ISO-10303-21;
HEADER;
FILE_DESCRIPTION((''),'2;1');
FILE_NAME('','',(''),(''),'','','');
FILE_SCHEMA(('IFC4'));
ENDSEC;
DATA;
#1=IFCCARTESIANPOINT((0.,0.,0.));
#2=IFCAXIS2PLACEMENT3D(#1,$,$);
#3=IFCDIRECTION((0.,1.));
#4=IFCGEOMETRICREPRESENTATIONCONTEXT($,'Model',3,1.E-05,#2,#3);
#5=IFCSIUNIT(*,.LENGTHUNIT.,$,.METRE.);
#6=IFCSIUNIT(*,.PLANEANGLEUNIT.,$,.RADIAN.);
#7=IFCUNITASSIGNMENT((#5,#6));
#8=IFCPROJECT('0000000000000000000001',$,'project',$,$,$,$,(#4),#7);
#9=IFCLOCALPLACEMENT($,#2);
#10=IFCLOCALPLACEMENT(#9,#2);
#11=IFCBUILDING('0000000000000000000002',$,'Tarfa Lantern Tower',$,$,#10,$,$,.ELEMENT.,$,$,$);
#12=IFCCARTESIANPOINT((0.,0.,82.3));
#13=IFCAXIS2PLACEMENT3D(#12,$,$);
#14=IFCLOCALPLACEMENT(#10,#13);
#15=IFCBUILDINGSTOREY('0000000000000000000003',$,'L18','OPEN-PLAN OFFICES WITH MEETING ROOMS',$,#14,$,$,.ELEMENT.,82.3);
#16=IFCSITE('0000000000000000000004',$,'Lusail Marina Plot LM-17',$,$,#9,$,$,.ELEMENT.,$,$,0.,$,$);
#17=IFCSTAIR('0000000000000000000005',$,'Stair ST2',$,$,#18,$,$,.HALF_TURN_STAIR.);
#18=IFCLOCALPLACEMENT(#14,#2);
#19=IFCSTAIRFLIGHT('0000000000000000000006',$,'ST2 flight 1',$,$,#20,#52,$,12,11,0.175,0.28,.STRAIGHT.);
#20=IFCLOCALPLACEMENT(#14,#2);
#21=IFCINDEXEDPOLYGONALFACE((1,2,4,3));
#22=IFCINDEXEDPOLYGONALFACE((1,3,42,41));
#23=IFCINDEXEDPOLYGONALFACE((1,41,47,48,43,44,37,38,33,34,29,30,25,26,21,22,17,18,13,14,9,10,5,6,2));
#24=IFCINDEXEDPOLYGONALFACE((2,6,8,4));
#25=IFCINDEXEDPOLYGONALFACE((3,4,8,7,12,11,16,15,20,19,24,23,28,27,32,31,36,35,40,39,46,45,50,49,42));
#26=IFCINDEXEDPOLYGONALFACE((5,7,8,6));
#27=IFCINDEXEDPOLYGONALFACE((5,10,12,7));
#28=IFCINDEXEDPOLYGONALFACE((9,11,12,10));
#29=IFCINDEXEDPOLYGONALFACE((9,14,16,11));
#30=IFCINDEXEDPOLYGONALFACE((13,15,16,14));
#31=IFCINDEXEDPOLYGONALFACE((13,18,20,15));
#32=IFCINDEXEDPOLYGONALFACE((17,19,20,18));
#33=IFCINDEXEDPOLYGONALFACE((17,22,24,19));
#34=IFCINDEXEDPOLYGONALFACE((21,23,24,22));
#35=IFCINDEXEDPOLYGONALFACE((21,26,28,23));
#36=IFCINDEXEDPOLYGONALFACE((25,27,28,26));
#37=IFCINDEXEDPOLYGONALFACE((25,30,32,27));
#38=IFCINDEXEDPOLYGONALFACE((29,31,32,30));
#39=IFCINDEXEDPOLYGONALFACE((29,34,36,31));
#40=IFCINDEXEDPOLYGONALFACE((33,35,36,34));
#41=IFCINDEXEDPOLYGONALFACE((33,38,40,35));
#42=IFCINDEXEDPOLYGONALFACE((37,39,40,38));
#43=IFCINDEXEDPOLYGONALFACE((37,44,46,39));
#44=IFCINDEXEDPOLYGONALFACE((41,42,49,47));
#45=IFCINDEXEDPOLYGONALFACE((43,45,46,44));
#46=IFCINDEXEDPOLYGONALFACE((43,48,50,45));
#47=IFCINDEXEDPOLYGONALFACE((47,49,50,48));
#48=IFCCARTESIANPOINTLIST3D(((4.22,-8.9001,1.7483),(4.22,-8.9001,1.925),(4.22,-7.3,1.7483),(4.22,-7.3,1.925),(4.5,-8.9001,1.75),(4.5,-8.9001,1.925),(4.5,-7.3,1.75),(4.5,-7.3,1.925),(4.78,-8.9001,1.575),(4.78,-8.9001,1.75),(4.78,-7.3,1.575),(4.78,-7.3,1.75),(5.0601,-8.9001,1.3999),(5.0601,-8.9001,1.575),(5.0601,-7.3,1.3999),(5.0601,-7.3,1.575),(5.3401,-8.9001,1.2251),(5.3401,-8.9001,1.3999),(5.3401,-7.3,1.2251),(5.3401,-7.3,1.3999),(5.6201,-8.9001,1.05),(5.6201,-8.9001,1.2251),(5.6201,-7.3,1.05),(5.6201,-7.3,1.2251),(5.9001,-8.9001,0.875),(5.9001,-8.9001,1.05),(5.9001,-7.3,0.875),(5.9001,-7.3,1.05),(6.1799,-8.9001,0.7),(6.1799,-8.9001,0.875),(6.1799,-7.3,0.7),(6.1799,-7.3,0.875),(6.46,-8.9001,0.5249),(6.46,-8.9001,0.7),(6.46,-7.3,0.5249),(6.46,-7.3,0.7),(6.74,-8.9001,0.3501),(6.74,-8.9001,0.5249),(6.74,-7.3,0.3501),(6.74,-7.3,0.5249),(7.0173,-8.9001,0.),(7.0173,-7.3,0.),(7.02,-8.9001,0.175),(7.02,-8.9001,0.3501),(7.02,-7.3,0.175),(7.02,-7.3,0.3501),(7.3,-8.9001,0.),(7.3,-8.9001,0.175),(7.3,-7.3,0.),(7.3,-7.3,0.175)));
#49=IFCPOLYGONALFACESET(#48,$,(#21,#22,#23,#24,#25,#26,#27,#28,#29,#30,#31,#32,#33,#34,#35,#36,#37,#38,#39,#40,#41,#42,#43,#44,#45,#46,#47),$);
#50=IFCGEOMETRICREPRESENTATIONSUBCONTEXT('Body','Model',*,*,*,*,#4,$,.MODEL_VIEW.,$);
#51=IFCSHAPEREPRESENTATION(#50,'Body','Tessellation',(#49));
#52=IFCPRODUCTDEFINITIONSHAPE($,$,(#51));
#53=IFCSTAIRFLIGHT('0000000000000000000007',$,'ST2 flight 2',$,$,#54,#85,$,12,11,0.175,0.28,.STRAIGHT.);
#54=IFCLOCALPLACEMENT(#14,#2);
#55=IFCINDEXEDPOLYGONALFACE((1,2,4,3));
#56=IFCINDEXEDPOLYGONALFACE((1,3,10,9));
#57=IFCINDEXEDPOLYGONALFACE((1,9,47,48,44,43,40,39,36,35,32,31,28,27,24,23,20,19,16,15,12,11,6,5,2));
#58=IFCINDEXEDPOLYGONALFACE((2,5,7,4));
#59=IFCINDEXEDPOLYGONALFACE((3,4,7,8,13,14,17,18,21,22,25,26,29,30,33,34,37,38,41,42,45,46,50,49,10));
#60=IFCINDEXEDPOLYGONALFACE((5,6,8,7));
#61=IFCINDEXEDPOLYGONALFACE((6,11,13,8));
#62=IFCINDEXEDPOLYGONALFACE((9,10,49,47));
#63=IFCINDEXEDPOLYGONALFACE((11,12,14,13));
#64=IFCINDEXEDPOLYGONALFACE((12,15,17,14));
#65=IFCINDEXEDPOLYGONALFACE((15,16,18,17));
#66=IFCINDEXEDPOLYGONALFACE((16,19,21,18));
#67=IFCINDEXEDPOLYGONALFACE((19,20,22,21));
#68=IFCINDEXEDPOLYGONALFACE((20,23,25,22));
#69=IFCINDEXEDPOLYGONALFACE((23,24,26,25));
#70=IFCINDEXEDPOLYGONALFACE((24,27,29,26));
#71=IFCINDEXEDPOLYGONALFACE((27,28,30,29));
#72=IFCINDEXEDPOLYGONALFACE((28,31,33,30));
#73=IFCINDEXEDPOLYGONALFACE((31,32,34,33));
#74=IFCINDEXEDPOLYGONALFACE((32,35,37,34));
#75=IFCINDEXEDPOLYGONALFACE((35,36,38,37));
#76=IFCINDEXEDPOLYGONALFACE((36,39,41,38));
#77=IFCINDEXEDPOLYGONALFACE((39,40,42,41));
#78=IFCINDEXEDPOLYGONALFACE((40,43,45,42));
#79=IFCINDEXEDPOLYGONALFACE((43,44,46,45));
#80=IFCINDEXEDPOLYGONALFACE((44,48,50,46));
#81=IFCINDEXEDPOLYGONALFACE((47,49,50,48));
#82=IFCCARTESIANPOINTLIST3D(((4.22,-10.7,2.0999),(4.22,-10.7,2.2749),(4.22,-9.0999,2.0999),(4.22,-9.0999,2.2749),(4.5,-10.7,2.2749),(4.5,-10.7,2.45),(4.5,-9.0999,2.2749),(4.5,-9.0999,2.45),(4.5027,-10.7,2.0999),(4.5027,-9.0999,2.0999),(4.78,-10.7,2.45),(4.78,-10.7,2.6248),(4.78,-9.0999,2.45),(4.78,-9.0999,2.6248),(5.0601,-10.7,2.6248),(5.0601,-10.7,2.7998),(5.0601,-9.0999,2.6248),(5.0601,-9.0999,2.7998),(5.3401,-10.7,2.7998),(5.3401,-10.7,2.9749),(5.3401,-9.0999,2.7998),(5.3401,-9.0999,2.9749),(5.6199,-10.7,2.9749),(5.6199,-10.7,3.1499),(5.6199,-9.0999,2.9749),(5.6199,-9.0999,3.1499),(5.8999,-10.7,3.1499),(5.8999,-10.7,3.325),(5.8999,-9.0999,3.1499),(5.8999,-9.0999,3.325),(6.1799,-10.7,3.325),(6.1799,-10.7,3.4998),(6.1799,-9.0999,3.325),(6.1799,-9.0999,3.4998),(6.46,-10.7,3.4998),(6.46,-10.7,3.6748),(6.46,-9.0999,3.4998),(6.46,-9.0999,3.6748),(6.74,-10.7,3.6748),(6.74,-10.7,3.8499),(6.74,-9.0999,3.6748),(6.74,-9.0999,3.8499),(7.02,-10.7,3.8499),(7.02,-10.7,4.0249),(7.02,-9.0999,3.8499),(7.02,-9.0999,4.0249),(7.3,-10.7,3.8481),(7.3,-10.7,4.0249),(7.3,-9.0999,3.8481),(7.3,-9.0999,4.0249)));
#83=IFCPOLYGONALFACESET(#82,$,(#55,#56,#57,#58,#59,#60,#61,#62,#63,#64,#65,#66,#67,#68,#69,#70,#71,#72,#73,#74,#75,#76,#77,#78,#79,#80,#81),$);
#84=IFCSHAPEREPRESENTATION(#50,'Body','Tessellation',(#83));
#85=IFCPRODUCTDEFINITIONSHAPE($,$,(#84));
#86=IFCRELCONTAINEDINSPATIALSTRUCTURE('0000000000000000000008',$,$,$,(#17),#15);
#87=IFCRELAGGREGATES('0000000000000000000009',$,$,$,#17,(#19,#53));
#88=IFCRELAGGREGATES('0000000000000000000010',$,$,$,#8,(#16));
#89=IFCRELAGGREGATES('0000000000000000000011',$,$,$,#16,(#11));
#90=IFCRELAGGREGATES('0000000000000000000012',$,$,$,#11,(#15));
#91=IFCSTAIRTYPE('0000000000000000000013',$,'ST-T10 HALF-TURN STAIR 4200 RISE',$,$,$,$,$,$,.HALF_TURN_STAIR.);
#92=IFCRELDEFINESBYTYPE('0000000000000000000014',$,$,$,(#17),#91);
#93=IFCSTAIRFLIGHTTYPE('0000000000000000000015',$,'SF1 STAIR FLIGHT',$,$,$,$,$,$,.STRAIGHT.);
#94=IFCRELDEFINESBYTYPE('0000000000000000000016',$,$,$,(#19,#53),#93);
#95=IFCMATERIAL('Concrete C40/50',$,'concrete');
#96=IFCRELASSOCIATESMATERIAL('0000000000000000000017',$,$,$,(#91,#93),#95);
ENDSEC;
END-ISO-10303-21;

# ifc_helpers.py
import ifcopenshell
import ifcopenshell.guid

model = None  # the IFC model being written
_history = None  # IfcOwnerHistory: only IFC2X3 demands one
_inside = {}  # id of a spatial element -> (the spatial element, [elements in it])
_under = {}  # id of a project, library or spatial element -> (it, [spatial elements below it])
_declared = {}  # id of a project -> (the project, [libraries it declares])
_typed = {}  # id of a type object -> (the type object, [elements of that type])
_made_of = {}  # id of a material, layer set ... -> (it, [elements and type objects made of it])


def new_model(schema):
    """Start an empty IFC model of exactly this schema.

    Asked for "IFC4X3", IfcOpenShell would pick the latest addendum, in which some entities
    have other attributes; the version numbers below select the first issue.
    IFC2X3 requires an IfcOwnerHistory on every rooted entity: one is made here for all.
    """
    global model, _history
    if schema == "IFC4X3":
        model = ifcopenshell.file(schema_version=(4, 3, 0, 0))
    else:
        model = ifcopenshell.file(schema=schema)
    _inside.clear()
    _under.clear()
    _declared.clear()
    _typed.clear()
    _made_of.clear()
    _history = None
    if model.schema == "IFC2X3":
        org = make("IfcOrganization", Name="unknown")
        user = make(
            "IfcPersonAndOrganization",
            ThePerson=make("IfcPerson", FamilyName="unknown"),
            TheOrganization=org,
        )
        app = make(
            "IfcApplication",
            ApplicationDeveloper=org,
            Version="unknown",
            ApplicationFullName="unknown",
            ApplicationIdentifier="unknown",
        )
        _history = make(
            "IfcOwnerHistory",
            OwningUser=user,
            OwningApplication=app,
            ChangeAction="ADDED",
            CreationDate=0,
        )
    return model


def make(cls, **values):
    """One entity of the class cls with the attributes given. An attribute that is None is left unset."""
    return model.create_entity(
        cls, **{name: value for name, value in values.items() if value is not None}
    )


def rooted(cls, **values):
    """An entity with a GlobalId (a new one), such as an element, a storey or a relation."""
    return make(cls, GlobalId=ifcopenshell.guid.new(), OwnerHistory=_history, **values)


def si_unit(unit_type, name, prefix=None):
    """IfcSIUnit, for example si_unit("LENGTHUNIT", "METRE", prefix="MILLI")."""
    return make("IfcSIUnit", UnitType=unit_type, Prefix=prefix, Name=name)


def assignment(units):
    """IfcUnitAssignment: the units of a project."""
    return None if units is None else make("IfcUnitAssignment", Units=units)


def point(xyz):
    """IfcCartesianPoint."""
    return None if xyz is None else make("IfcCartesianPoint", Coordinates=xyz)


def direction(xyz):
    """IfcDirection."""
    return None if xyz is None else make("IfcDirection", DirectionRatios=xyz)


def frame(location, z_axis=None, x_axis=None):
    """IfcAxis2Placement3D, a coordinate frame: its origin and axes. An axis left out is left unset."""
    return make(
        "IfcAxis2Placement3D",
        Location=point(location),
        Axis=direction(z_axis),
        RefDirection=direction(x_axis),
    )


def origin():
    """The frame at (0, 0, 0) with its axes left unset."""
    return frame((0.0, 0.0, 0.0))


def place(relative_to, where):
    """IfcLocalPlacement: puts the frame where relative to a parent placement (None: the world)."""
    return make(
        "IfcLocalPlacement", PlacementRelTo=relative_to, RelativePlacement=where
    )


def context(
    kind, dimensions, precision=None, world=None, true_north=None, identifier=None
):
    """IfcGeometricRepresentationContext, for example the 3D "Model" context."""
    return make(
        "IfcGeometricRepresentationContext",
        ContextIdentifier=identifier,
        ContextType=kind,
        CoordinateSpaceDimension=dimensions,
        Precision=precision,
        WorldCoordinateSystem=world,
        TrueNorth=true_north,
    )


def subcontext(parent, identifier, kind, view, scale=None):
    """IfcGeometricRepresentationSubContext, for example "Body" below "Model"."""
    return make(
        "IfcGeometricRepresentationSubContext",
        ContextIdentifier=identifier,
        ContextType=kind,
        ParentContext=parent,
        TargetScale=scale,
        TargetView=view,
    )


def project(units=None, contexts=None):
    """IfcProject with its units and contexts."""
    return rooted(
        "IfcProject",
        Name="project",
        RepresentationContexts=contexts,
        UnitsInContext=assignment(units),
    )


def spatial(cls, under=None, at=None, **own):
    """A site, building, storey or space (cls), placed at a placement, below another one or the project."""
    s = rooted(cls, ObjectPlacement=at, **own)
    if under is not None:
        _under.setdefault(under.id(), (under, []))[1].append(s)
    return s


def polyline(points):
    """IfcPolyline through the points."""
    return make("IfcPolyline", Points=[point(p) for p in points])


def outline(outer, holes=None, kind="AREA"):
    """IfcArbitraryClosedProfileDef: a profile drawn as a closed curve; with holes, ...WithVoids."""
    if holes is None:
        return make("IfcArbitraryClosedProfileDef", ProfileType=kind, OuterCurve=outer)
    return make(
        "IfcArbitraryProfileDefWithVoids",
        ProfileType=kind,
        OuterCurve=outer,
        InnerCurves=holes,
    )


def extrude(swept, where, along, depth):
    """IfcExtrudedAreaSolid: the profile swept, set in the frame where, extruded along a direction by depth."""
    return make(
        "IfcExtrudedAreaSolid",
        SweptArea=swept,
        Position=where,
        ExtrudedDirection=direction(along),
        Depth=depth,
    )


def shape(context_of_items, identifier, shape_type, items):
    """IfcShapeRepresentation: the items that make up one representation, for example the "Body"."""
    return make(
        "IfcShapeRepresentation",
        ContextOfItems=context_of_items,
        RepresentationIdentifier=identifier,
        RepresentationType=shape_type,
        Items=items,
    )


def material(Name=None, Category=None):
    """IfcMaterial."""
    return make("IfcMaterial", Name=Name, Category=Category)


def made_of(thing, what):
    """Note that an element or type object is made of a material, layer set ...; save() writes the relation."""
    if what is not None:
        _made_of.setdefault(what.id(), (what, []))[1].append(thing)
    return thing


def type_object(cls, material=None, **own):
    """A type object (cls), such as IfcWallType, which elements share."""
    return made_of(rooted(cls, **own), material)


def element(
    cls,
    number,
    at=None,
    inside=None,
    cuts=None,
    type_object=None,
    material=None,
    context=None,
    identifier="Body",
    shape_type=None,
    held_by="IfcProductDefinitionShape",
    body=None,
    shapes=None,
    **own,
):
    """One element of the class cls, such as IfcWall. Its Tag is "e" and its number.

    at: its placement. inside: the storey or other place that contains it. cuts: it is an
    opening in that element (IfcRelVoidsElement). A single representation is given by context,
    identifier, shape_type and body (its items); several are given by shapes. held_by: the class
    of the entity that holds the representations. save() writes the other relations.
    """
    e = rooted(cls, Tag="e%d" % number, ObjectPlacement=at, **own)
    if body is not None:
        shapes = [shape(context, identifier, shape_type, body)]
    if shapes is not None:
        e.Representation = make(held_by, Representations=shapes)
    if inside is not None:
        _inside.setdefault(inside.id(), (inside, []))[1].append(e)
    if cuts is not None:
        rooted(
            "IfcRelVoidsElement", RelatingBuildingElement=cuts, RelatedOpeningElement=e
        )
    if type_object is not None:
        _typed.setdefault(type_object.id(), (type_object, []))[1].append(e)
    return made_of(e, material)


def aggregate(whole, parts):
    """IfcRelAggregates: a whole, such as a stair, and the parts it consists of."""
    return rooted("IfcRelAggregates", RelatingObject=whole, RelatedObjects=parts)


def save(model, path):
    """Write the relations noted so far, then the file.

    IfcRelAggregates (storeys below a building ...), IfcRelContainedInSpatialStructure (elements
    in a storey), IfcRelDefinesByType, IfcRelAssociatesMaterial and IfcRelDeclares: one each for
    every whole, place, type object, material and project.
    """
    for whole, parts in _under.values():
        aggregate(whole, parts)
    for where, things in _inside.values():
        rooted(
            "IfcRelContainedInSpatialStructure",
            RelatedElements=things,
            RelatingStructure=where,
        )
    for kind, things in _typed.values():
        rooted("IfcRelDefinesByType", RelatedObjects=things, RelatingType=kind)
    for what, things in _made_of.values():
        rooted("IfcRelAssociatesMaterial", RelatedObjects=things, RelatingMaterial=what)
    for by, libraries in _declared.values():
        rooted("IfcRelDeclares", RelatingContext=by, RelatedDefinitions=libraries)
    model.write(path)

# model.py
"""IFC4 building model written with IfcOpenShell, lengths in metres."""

from ifc_helpers import new_model, si_unit, direction, frame, origin, place, context, subcontext, project, spatial, polyline, outline, extrude, material, type_object, element, aggregate, save


model = new_model("IFC4")

# Units and contexts
model_context = context("Model", 3, precision=1e-05, world=origin(), true_north=direction((0.0, 1.0)))
body_context = subcontext(model_context, "Body", "Model", "MODEL_VIEW")
ifc_project = project(units=[si_unit("LENGTHUNIT", "METRE"), si_unit("PLANEANGLEUNIT", "RADIAN")], contexts=[model_context])

# Site, building, storey
site_placement = place(None, origin())
site = spatial("IfcSite", under=ifc_project, at=site_placement, Name="Lusail Marina Plot LM-17", CompositionType="ELEMENT", RefElevation=0.0)
building_placement = place(site_placement, origin())
building = spatial("IfcBuilding", under=site, at=building_placement, Name="Tarfa Lantern Tower", CompositionType="ELEMENT")
storey_placement = place(building_placement, frame((0.0, 0.0, 82.3)))
storey = spatial("IfcBuildingStorey", under=building, at=storey_placement, Name="L18", Description="OPEN-PLAN OFFICES WITH MEETING ROOMS", CompositionType="ELEMENT", Elevation=82.3)

# Stair, stair flights
ifc_material_1 = material(Name="Concrete C40/50", Category="concrete")
stair_type = type_object("IfcStairType", Name="ST-T10 HALF-TURN STAIR 4200 RISE", PredefinedType="HALF_TURN_STAIR", material=ifc_material_1)
stair_placement = place(storey_placement, origin())
stair = element("IfcStair", 1, at=stair_placement, inside=storey, type_object=stair_type, Name="Stair ST2", PredefinedType="HALF_TURN_STAIR")
stair_flight_type = type_object("IfcStairFlightType", Name="SF1 STAIR FLIGHT", PredefinedType="STRAIGHT", material=ifc_material_1)
stair_flight_1_placement = place(storey_placement, frame((7.3, -8.1001, 0.0), z_axis=(0.0, 0.0, 1.0), x_axis=(-1.0, 0.0, 0.0)))
stair_flight_1 = element("IfcStairFlight", 2, at=stair_flight_1_placement, type_object=stair_flight_type, Name="ST2 flight 1", NumberOfRisers=12, NumberOfTreads=11, PredefinedType="STRAIGHT", RiserHeight=0.175, TreadLength=0.28, context=body_context, shape_type="SweptSolid", body=[
    extrude(outline(polyline([(0.0, 0.0), (0.0, 0.175), (0.28, 0.175), (0.28, 0.3501), (0.5601, 0.3501), (0.5601, 0.5249), (0.8401, 0.5249), (0.8401, 0.7), (1.1201, 0.7), (1.1201, 0.875), (1.3999, 0.875), (1.3999, 1.05), (1.6799, 1.05), (1.6799, 1.2251), (1.96, 1.2251), (1.96, 1.3999), (2.24, 1.3999), (2.24, 1.575), (2.52, 1.575), (2.52, 1.75), (2.8, 1.75), (2.8, 1.925), (3.0801, 1.925), (3.0801, 2.1001), (3.0801, 1.7483), (0.2827, 0.0), (0.0, 0.0)])), frame((0.0, 0.8, 0.0), z_axis=(0.0, -1.0, 0.0), x_axis=(1.0, 0.0, 0.0)), (0.0, 0.0, 1.0), 1.6001),
])
stair_flight_2_placement = place(storey_placement, frame((4.22, -9.8999, 2.0999), z_axis=(0.0, 0.0, 1.0), x_axis=(1.0, 0.0, 0.0)))
stair_flight_2 = element("IfcStairFlight", 3, at=stair_flight_2_placement, type_object=stair_flight_type, Name="ST2 flight 2", NumberOfRisers=12, NumberOfTreads=11, PredefinedType="STRAIGHT", RiserHeight=0.175, TreadLength=0.28, context=body_context, shape_type="SweptSolid", body=[
    extrude(outline(polyline([(0.0, 0.0), (0.0, 0.175), (0.28, 0.175), (0.28, 0.3501), (0.5601, 0.3501), (0.5601, 0.5249), (0.8401, 0.5249), (0.8401, 0.7), (1.1201, 0.7), (1.1201, 0.875), (1.3999, 0.875), (1.3999, 1.05), (1.6799, 1.05), (1.6799, 1.2251), (1.96, 1.2251), (1.96, 1.3999), (2.24, 1.3999), (2.24, 1.575), (2.52, 1.575), (2.52, 1.75), (2.8, 1.75), (2.8, 1.925), (3.0801, 1.925), (3.0801, 2.1001), (3.0801, 1.7483), (0.2827, 0.0), (0.0, 0.0)])), frame((0.0, 0.8, 0.0), z_axis=(0.0, -1.0, 0.0), x_axis=(1.0, 0.0, 0.0)), (0.0, 0.0, 1.0), 1.6001),
])
aggregate(stair, [stair_flight_1, stair_flight_2])

save(model, "model.ifc")
